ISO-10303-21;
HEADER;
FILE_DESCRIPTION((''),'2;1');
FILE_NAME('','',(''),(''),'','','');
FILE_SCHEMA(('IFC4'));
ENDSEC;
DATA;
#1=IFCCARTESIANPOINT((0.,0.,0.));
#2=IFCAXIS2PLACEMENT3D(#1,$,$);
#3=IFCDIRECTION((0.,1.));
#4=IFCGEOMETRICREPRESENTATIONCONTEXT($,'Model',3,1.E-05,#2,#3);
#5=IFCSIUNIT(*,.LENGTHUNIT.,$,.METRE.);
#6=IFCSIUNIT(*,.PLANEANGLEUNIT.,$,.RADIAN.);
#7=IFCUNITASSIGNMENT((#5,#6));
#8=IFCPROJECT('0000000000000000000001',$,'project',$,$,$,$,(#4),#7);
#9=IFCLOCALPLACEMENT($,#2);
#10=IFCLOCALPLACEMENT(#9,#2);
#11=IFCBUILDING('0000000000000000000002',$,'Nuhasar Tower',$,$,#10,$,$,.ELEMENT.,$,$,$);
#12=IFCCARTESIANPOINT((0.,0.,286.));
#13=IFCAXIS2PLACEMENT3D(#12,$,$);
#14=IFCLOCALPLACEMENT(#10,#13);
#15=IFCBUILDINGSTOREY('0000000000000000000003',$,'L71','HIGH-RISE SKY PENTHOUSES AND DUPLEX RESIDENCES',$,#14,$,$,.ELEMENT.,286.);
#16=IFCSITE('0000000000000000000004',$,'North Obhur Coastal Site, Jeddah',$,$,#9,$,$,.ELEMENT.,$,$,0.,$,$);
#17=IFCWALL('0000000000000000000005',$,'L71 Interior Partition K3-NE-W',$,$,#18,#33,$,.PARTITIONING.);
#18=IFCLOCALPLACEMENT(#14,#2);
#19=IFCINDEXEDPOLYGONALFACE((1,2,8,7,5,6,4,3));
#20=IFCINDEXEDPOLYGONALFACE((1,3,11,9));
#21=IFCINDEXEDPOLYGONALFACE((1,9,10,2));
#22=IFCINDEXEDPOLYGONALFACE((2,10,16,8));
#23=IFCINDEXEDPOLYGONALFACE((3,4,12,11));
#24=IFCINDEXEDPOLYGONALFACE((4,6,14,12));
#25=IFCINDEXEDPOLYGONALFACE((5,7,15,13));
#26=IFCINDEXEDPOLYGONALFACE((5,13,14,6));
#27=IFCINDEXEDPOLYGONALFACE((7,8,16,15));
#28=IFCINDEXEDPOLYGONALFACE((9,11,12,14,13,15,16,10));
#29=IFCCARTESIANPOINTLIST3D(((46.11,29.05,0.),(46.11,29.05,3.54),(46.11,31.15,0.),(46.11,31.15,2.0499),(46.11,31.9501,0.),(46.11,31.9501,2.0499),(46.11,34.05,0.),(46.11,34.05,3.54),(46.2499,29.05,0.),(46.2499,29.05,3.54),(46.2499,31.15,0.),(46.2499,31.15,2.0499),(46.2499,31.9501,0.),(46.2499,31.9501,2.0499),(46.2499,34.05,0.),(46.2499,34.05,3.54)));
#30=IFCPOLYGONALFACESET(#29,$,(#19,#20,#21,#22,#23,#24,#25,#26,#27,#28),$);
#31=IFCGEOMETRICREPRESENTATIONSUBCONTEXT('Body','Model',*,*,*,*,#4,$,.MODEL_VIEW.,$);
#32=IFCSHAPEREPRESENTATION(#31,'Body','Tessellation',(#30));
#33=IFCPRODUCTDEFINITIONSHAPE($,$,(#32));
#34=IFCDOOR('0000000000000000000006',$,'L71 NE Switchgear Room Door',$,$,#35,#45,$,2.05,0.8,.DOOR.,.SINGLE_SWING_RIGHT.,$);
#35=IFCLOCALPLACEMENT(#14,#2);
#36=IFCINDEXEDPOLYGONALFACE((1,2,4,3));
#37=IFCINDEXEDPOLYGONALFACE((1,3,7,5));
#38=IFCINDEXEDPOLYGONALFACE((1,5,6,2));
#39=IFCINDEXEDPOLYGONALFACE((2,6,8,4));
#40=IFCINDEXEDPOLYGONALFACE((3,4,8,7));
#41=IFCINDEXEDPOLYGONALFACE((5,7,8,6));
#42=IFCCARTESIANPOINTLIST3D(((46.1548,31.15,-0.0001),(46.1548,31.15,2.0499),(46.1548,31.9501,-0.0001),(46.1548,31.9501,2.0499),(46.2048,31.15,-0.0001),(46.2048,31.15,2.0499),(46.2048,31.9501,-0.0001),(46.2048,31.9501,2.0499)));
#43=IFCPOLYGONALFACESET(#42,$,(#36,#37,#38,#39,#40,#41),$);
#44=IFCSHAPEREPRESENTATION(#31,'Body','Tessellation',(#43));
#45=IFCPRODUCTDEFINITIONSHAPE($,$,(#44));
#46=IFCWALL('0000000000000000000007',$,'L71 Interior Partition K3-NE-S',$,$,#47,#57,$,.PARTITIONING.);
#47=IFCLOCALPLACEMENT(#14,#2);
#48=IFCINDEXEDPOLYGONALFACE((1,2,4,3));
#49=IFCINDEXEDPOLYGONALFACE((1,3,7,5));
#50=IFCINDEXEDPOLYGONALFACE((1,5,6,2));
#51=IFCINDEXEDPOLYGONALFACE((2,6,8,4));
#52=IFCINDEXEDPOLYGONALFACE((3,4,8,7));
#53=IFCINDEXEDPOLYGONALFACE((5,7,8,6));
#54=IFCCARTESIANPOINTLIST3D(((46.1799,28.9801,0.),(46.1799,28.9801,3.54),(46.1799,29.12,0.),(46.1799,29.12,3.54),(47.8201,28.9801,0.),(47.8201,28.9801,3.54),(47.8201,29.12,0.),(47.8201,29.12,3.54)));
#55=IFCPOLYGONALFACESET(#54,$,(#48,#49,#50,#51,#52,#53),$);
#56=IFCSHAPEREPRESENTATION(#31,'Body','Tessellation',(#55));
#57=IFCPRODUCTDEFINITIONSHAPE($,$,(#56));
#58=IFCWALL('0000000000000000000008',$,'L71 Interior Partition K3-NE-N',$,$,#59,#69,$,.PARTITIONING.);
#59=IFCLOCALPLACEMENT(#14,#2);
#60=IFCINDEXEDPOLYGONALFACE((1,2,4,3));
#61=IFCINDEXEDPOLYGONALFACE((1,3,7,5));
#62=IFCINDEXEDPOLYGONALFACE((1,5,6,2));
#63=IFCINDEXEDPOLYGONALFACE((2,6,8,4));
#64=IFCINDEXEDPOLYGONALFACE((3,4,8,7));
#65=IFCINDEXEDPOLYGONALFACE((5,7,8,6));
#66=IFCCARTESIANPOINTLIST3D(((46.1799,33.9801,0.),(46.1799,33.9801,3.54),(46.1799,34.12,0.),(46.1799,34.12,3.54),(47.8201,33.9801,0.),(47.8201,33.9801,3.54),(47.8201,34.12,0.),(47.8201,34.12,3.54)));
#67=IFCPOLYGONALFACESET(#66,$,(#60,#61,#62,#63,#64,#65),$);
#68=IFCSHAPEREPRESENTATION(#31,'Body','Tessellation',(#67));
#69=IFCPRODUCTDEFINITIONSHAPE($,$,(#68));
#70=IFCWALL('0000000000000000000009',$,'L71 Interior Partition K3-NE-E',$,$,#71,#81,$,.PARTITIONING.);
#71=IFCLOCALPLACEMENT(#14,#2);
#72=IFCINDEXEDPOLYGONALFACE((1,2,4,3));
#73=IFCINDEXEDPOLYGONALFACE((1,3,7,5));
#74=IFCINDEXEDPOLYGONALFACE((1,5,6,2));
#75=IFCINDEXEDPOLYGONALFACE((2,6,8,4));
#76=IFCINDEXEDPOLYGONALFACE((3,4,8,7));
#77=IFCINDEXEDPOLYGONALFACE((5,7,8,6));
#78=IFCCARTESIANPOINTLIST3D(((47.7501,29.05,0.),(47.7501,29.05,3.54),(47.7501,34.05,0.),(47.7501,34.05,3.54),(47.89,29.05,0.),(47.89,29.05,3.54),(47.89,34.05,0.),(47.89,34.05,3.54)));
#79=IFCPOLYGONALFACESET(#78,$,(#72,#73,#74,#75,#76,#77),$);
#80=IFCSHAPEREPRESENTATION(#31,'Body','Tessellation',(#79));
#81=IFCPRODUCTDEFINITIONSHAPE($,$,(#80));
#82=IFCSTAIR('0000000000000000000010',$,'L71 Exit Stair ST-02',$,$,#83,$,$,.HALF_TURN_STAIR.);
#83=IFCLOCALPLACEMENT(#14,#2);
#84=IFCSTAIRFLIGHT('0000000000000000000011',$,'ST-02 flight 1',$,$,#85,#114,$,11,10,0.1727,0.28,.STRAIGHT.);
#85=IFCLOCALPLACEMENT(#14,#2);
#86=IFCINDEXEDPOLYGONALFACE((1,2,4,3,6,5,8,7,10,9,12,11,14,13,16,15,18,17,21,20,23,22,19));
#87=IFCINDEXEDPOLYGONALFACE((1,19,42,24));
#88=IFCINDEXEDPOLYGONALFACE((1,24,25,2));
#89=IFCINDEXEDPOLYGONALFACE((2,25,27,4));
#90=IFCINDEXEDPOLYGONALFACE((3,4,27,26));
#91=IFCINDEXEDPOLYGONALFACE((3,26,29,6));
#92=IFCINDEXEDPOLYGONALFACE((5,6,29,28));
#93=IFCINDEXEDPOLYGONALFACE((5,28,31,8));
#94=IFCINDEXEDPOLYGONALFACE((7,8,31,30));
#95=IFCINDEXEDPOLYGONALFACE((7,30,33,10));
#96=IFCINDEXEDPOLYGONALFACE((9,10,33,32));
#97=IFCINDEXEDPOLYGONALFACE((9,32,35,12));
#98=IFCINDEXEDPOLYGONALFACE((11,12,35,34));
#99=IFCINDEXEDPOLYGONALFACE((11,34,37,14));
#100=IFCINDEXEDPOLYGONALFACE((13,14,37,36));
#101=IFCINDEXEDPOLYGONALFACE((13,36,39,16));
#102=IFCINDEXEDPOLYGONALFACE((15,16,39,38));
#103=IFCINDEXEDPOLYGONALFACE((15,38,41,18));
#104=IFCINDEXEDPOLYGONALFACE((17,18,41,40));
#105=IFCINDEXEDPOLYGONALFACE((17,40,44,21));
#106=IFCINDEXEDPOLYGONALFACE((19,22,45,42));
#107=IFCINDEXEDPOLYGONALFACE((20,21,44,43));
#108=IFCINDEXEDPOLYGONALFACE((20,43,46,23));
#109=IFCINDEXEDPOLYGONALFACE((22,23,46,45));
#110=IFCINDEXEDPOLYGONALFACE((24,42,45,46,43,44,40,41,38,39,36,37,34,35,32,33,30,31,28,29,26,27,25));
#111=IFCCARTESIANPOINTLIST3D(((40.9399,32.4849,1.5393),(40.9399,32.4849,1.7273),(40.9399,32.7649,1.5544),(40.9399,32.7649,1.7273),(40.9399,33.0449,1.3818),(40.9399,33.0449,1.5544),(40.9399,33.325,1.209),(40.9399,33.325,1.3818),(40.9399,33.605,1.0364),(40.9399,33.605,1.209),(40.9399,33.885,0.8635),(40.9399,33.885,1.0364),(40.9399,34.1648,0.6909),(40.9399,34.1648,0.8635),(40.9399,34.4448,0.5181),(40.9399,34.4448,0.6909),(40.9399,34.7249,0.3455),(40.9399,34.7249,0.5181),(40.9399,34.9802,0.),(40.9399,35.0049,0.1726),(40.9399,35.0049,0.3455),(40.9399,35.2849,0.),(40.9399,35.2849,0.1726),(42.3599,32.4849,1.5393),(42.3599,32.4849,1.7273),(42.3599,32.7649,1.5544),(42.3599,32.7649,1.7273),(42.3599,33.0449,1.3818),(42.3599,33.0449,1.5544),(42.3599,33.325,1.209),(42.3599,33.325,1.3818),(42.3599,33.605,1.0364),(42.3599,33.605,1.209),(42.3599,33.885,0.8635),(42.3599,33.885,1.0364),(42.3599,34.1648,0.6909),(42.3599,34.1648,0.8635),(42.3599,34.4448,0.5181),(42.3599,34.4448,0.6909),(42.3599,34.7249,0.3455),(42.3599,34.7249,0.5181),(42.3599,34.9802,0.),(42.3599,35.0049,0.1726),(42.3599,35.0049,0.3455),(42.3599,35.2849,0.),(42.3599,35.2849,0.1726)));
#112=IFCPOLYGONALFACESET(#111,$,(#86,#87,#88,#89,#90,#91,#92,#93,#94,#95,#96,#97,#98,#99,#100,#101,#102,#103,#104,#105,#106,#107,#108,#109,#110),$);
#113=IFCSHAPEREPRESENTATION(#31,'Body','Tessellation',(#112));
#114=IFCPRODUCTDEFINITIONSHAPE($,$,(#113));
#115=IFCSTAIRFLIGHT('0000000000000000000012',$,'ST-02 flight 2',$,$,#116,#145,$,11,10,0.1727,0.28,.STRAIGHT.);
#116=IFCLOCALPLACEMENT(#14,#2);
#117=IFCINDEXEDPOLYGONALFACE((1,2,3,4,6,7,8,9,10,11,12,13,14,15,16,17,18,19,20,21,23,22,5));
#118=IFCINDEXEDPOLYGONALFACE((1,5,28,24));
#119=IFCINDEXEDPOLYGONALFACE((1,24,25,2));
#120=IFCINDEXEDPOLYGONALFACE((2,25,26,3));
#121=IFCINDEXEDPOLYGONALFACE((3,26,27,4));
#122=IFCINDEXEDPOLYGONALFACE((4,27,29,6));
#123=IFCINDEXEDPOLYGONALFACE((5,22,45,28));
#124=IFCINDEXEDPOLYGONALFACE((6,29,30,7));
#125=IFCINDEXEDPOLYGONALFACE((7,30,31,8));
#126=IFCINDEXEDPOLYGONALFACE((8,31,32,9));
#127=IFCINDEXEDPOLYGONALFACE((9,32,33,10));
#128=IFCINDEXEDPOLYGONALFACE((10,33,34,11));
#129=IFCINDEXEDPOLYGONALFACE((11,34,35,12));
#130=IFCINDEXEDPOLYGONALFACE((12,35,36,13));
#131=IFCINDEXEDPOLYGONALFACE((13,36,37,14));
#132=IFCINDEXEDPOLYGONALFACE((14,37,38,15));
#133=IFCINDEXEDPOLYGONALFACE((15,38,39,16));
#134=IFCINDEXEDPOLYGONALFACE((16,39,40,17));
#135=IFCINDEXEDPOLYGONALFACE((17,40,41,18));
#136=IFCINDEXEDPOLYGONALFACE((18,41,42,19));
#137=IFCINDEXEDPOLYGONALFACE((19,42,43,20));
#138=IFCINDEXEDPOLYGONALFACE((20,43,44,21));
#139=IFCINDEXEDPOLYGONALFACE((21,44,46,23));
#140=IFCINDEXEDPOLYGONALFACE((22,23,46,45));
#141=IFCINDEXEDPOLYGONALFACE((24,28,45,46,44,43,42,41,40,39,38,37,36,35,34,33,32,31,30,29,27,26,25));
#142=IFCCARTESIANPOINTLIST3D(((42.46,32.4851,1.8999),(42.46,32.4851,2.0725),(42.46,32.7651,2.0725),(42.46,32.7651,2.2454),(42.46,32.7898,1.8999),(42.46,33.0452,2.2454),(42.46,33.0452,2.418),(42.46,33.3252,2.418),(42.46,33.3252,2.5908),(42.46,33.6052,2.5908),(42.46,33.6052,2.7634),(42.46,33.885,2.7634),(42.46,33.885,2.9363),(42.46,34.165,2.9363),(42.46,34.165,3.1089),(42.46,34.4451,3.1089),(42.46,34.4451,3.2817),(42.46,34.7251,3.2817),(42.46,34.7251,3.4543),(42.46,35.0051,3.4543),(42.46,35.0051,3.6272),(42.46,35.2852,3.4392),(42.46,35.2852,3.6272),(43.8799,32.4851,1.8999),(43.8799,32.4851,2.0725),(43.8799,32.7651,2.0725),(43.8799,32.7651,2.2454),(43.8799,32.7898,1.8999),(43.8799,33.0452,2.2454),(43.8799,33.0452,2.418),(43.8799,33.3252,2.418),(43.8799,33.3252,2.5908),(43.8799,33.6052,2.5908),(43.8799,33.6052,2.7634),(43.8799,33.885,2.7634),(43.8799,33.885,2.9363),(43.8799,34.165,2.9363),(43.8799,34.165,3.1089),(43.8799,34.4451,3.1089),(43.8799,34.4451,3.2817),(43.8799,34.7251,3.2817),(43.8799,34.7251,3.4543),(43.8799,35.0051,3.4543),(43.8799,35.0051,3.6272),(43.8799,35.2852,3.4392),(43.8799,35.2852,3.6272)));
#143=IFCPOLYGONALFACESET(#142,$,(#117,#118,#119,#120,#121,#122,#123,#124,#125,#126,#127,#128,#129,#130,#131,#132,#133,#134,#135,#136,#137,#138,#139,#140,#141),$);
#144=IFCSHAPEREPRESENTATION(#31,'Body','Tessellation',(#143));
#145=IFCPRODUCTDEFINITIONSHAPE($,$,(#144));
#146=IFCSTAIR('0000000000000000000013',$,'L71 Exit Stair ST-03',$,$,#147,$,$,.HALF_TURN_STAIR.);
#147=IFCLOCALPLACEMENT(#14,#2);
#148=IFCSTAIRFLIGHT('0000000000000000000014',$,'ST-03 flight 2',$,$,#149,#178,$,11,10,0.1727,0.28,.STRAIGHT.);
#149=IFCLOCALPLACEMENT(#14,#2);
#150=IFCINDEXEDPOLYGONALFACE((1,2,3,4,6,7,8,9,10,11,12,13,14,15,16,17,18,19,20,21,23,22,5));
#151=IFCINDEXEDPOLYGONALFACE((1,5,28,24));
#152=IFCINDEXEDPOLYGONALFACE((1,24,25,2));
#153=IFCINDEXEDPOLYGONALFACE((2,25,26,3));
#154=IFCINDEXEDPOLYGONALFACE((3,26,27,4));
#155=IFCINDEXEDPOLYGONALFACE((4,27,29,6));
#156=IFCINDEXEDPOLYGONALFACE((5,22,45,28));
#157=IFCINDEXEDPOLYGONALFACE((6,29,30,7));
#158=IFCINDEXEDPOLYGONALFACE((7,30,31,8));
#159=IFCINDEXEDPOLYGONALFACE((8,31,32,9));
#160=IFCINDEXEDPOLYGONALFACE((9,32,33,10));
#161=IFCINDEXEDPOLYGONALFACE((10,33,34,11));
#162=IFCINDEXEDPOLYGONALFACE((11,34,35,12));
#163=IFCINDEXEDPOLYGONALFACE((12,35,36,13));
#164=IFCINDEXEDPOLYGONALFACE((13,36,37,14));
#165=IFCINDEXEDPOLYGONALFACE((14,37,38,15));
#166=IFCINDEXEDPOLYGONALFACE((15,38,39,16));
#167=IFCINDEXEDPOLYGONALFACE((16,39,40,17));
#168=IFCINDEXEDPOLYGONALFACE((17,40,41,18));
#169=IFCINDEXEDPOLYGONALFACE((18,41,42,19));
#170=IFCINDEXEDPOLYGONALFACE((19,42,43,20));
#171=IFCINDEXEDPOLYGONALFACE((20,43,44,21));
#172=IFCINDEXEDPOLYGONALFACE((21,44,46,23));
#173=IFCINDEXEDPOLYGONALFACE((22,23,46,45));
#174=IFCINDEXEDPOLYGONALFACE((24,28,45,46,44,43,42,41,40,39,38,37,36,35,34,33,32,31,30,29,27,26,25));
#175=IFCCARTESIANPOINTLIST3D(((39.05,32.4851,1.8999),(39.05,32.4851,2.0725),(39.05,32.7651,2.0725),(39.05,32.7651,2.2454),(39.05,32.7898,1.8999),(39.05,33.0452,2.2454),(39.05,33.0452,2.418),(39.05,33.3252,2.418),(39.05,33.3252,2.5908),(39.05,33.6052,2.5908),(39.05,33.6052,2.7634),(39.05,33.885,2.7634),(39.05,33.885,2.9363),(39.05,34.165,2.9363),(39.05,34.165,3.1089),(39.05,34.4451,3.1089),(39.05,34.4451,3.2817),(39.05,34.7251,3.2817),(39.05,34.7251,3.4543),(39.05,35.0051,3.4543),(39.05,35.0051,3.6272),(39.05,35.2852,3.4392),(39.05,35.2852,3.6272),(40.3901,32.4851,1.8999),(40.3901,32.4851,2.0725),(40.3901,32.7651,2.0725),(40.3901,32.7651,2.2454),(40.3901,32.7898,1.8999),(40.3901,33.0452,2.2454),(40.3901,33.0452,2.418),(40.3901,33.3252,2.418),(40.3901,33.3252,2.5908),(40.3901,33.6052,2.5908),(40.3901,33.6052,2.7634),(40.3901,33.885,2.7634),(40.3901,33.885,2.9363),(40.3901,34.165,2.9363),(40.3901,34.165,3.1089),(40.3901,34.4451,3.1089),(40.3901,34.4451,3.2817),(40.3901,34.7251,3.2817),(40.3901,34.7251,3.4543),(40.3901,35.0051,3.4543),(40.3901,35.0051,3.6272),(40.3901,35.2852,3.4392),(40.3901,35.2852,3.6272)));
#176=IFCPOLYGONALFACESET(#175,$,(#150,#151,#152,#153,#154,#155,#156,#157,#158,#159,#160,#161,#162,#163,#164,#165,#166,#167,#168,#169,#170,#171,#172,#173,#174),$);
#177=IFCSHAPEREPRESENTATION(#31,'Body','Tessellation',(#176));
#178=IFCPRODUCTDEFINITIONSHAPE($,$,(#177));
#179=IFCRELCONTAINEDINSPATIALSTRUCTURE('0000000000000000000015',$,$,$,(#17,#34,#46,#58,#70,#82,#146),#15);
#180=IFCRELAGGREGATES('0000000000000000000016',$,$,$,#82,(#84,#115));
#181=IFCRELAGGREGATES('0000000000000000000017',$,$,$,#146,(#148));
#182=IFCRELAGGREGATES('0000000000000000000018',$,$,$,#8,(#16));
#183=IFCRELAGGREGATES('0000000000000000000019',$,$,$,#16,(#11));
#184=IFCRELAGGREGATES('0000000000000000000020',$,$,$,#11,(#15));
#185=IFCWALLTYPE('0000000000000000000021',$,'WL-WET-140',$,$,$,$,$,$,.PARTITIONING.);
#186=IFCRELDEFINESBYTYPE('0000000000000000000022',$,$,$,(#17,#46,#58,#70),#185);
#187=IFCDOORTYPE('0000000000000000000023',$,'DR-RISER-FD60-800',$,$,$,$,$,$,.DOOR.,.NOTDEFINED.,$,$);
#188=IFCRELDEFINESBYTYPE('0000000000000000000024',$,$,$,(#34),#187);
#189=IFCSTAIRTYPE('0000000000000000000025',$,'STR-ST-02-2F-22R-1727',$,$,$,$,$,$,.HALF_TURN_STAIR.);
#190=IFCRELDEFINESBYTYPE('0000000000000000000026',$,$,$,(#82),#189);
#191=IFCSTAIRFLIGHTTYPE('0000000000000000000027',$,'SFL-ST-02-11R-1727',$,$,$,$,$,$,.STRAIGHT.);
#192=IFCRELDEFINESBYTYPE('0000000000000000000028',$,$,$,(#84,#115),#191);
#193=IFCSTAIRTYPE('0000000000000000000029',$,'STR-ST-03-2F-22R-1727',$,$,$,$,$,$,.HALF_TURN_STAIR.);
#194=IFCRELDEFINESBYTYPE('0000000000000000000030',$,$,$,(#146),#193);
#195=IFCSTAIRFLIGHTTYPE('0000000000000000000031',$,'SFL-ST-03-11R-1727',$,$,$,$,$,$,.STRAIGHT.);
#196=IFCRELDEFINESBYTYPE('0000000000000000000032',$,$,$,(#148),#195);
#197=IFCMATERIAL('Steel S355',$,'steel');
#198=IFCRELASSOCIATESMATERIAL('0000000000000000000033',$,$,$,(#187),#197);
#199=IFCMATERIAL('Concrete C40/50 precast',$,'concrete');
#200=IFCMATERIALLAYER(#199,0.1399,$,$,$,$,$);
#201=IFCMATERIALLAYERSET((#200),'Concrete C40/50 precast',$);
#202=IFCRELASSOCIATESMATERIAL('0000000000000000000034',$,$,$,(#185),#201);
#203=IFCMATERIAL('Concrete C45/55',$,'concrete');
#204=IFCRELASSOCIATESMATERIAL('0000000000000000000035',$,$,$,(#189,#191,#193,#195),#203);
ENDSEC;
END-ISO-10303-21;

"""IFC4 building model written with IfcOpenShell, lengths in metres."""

from ifc_helpers import new_model, si_unit, direction, frame, frame_2d, origin, place, context, subcontext, project, spatial, polyline, rectangle, outline, extrude, material, layer, layer_set, type_object, element, fill, aggregate, save


model = new_model("IFC4")

# Units and contexts
model_context = context("Model", 3, precision=1e-05, world=origin(), true_north=direction((0.0, 1.0)))
body_context = subcontext(model_context, "Body", "Model", "MODEL_VIEW")
ifc_project = project(units=[si_unit("LENGTHUNIT", "METRE"), si_unit("PLANEANGLEUNIT", "RADIAN")], contexts=[model_context])

# Site, building, storey
site_placement = place(None, origin())
site = spatial("IfcSite", under=ifc_project, at=site_placement, Name="North Obhur Coastal Site, Jeddah", CompositionType="ELEMENT", RefElevation=0.0)
building_placement = place(site_placement, origin())
building = spatial("IfcBuilding", under=site, at=building_placement, Name="Nuhasar Tower", CompositionType="ELEMENT")
storey_placement = place(building_placement, frame((0.0, 0.0, 286.0)))
storey = spatial("IfcBuildingStorey", under=building, at=storey_placement, Name="L71", Description="HIGH-RISE SKY PENTHOUSES AND DUPLEX RESIDENCES", CompositionType="ELEMENT", Elevation=286.0)

# Shared definitions
ifc_material_1 = material(Name="Steel S355", Category="steel")

# Shared definitions
ifc_material_2 = material(Name="Concrete C45/55", Category="concrete")

# Wall, opening, door
door_type_1 = type_object("IfcDoorType", Name="DR-RISER-FD60-800", OperationType="NOTDEFINED", PredefinedType="DOOR", material=ifc_material_1)
ifc_material_3 = material(Name="Concrete C40/50 precast", Category="concrete")
ifc_layer_1 = layer(ifc_material_3, 0.1399)
ifc_layer_set_1 = layer_set([ifc_layer_1], Name="Concrete C40/50 precast")
wall_type_1 = type_object("IfcWallType", Name="WL-WET-140", PredefinedType="PARTITIONING", material=ifc_layer_set_1)
wall_1_placement = place(storey_placement, frame((46.1799, 34.05, 0.0), z_axis=(0.0, 0.0, 1.0), x_axis=(0.0, -1.0, 0.0)))
wall_1 = element("IfcWall", 1, at=wall_1_placement, inside=storey, type_object=wall_type_1, Name="L71 Interior Partition K3-NE-W", PredefinedType="PARTITIONING", context=body_context, shape_type="SweptSolid", body=[
    extrude(rectangle(XDim=5.0, YDim=0.1399, at=frame_2d((2.5, 0.0))), origin(), (0.0, 0.0, 1.0), 3.54),
])
opening_1_placement = place(wall_1_placement, frame((2.1001, 0.0, 0.0)))
opening_1 = element("IfcOpeningElement", 2, at=opening_1_placement, cuts=wall_1, PredefinedType="OPENING", context=body_context, shape_type="SweptSolid", body=[
    extrude(rectangle(XDim=0.8, YDim=2.05, at=frame_2d((0.3999, 1.0249))), frame((0.0, 0.0801, 0.0), z_axis=(0.0, -1.0, 0.0), x_axis=(1.0, 0.0, 0.0)), (0.0, 0.0, 1.0), 0.1599),
])
door_1_placement = place(opening_1_placement, origin())
door_1 = element("IfcDoor", 3, at=door_1_placement, inside=storey, type_object=door_type_1, Name="L71 NE Switchgear Room Door", OperationType="SINGLE_SWING_RIGHT", OverallHeight=2.05, OverallWidth=0.8, PredefinedType="DOOR", context=body_context, shape_type="SweptSolid", body=[
    extrude(rectangle(XDim=0.8, YDim=2.05, at=frame_2d((0.3999, 1.0249))), frame((0.0, 0.0249, 0.0), z_axis=(0.0, -1.0, 0.0), x_axis=(1.0, 0.0, 0.0)), (0.0, 0.0, 1.0), 0.05),
])
fill(opening_1, door_1)

# Walls
for number, where, z_axis, x_axis, name in (
    (4, (46.1799, 29.05, 0.0), (0.0, 0.0, 1.0), (1.0, 0.0, 0.0), "L71 Interior Partition K3-NE-S"),
    (5, (46.1799, 34.05, 0.0), (0.0, 0.0, 1.0), (1.0, 0.0, 0.0), "L71 Interior Partition K3-NE-N"),
):
    element("IfcWall", number, at=place(storey_placement, frame(where, z_axis=z_axis, x_axis=x_axis)), inside=storey, type_object=wall_type_1, Name=name, PredefinedType="PARTITIONING", context=body_context, shape_type="SweptSolid", body=[
        extrude(rectangle(XDim=1.6401, YDim=0.1399, at=frame_2d((0.8201, 0.0))), origin(), (0.0, 0.0, 1.0), 3.54),
    ])
wall_2_placement = place(storey_placement, frame((47.8201, 29.05, 0.0), z_axis=(0.0, 0.0, 1.0), x_axis=(0.0, 1.0, 0.0)))
element("IfcWall", 6, at=wall_2_placement, inside=storey, type_object=wall_type_1, Name="L71 Interior Partition K3-NE-E", PredefinedType="PARTITIONING", context=body_context, shape_type="SweptSolid", body=[
    extrude(rectangle(XDim=5.0, YDim=0.1399, at=frame_2d((2.5, 0.0))), origin(), (0.0, 0.0, 1.0), 3.54),
])

# Stair, stair flights
stair_type_1 = type_object("IfcStairType", Name="STR-ST-02-2F-22R-1727", PredefinedType="HALF_TURN_STAIR", material=ifc_material_2)
stair_1_placement = place(storey_placement, origin())
stair_1 = element("IfcStair", 7, at=stair_1_placement, inside=storey, type_object=stair_type_1, Name="L71 Exit Stair ST-02", PredefinedType="HALF_TURN_STAIR")
stair_flight_type_1 = type_object("IfcStairFlightType", Name="SFL-ST-02-11R-1727", PredefinedType="STRAIGHT", material=ifc_material_2)
stair_flight_1_placement = place(storey_placement, frame((41.6499, 35.2849, 0.0), z_axis=(0.0, 0.0, 1.0), x_axis=(0.0, -1.0, 0.0)))
stair_flight_1 = element("IfcStairFlight", 8, at=stair_flight_1_placement, type_object=stair_flight_type_1, Name="ST-02 flight 1", NumberOfRisers=11, NumberOfTreads=10, PredefinedType="STRAIGHT", RiserHeight=0.1727, TreadLength=0.28, context=body_context, shape_type="SweptSolid", body=[
    extrude(outline(polyline([(0.0, 0.0), (0.0, 0.1726), (0.28, 0.1726), (0.28, 0.3455), (0.5601, 0.3455), (0.5601, 0.5181), (0.8401, 0.5181), (0.8401, 0.6909), (1.1201, 0.6909), (1.1201, 0.8635), (1.3999, 0.8635), (1.3999, 1.0364), (1.6799, 1.0364), (1.6799, 1.209), (1.96, 1.209), (1.96, 1.3818), (2.24, 1.3818), (2.24, 1.5544), (2.52, 1.5544), (2.52, 1.7273), (2.8, 1.7273), (2.8, 1.8999), (2.8, 1.5393), (0.3047, 0.0), (0.0, 0.0)])), frame((0.0, 0.71, 0.0), z_axis=(0.0, -1.0, 0.0), x_axis=(1.0, 0.0, 0.0)), (0.0, 0.0, 1.0), 1.4199),
])
stair_flight_2_placement = place(storey_placement, frame((43.1699, 32.4851, 1.8999), z_axis=(0.0, 0.0, 1.0), x_axis=(0.0, 1.0, 0.0)))
stair_flight_2 = element("IfcStairFlight", 9, at=stair_flight_2_placement, type_object=stair_flight_type_1, Name="ST-02 flight 2", NumberOfRisers=11, NumberOfTreads=10, PredefinedType="STRAIGHT", RiserHeight=0.1727, TreadLength=0.28, context=body_context, shape_type="SweptSolid", body=[
    extrude(outline(polyline([(0.0, 0.0), (0.0, 0.1726), (0.28, 0.1726), (0.28, 0.3455), (0.5601, 0.3455), (0.5601, 0.5181), (0.8401, 0.5181), (0.8401, 0.6909), (1.1201, 0.6909), (1.1201, 0.8635), (1.3999, 0.8635), (1.3999, 1.0364), (1.6799, 1.0364), (1.6799, 1.209), (1.96, 1.209), (1.96, 1.3818), (2.24, 1.3818), (2.24, 1.5544), (2.52, 1.5544), (2.52, 1.7273), (2.8, 1.7273), (2.8, 1.8999), (2.8, 1.5393), (0.3047, 0.0), (0.0, 0.0)])), frame((0.0, 0.71, 0.0), z_axis=(0.0, -1.0, 0.0), x_axis=(1.0, 0.0, 0.0)), (0.0, 0.0, 1.0), 1.4199),
])
aggregate(stair_1, [stair_flight_1, stair_flight_2])

# Stair, stair flight
stair_type_2 = type_object("IfcStairType", Name="STR-ST-03-2F-22R-1727", PredefinedType="HALF_TURN_STAIR", material=ifc_material_2)
stair_2_placement = place(storey_placement, origin())
stair_2 = element("IfcStair", 10, at=stair_2_placement, inside=storey, type_object=stair_type_2, Name="L71 Exit Stair ST-03", PredefinedType="HALF_TURN_STAIR")
stair_flight_type_2 = type_object("IfcStairFlightType", Name="SFL-ST-03-11R-1727", PredefinedType="STRAIGHT", material=ifc_material_2)
stair_flight_3_placement = place(storey_placement, frame((39.72, 32.4851, 1.8999), z_axis=(0.0, 0.0, 1.0), x_axis=(0.0, 1.0, 0.0)))
stair_flight_3 = element("IfcStairFlight", 11, at=stair_flight_3_placement, type_object=stair_flight_type_2, Name="ST-03 flight 2", NumberOfRisers=11, NumberOfTreads=10, PredefinedType="STRAIGHT", RiserHeight=0.1727, TreadLength=0.28, context=body_context, shape_type="SweptSolid", body=[
    extrude(outline(polyline([(0.0, 0.0), (0.0, 0.1726), (0.28, 0.1726), (0.28, 0.3455), (0.5601, 0.3455), (0.5601, 0.5181), (0.8401, 0.5181), (0.8401, 0.6909), (1.1201, 0.6909), (1.1201, 0.8635), (1.3999, 0.8635), (1.3999, 1.0364), (1.6799, 1.0364), (1.6799, 1.209), (1.96, 1.209), (1.96, 1.3818), (2.24, 1.3818), (2.24, 1.5544), (2.52, 1.5544), (2.52, 1.7273), (2.8, 1.7273), (2.8, 1.8999), (2.8, 1.5393), (0.3047, 0.0), (0.0, 0.0)])), frame((0.0, 0.6699, 0.0), z_axis=(0.0, -1.0, 0.0), x_axis=(1.0, 0.0, 0.0)), (0.0, 0.0, 1.0), 1.3401),
])
aggregate(stair_2, [stair_flight_3])

save(model, "model.ifc")
